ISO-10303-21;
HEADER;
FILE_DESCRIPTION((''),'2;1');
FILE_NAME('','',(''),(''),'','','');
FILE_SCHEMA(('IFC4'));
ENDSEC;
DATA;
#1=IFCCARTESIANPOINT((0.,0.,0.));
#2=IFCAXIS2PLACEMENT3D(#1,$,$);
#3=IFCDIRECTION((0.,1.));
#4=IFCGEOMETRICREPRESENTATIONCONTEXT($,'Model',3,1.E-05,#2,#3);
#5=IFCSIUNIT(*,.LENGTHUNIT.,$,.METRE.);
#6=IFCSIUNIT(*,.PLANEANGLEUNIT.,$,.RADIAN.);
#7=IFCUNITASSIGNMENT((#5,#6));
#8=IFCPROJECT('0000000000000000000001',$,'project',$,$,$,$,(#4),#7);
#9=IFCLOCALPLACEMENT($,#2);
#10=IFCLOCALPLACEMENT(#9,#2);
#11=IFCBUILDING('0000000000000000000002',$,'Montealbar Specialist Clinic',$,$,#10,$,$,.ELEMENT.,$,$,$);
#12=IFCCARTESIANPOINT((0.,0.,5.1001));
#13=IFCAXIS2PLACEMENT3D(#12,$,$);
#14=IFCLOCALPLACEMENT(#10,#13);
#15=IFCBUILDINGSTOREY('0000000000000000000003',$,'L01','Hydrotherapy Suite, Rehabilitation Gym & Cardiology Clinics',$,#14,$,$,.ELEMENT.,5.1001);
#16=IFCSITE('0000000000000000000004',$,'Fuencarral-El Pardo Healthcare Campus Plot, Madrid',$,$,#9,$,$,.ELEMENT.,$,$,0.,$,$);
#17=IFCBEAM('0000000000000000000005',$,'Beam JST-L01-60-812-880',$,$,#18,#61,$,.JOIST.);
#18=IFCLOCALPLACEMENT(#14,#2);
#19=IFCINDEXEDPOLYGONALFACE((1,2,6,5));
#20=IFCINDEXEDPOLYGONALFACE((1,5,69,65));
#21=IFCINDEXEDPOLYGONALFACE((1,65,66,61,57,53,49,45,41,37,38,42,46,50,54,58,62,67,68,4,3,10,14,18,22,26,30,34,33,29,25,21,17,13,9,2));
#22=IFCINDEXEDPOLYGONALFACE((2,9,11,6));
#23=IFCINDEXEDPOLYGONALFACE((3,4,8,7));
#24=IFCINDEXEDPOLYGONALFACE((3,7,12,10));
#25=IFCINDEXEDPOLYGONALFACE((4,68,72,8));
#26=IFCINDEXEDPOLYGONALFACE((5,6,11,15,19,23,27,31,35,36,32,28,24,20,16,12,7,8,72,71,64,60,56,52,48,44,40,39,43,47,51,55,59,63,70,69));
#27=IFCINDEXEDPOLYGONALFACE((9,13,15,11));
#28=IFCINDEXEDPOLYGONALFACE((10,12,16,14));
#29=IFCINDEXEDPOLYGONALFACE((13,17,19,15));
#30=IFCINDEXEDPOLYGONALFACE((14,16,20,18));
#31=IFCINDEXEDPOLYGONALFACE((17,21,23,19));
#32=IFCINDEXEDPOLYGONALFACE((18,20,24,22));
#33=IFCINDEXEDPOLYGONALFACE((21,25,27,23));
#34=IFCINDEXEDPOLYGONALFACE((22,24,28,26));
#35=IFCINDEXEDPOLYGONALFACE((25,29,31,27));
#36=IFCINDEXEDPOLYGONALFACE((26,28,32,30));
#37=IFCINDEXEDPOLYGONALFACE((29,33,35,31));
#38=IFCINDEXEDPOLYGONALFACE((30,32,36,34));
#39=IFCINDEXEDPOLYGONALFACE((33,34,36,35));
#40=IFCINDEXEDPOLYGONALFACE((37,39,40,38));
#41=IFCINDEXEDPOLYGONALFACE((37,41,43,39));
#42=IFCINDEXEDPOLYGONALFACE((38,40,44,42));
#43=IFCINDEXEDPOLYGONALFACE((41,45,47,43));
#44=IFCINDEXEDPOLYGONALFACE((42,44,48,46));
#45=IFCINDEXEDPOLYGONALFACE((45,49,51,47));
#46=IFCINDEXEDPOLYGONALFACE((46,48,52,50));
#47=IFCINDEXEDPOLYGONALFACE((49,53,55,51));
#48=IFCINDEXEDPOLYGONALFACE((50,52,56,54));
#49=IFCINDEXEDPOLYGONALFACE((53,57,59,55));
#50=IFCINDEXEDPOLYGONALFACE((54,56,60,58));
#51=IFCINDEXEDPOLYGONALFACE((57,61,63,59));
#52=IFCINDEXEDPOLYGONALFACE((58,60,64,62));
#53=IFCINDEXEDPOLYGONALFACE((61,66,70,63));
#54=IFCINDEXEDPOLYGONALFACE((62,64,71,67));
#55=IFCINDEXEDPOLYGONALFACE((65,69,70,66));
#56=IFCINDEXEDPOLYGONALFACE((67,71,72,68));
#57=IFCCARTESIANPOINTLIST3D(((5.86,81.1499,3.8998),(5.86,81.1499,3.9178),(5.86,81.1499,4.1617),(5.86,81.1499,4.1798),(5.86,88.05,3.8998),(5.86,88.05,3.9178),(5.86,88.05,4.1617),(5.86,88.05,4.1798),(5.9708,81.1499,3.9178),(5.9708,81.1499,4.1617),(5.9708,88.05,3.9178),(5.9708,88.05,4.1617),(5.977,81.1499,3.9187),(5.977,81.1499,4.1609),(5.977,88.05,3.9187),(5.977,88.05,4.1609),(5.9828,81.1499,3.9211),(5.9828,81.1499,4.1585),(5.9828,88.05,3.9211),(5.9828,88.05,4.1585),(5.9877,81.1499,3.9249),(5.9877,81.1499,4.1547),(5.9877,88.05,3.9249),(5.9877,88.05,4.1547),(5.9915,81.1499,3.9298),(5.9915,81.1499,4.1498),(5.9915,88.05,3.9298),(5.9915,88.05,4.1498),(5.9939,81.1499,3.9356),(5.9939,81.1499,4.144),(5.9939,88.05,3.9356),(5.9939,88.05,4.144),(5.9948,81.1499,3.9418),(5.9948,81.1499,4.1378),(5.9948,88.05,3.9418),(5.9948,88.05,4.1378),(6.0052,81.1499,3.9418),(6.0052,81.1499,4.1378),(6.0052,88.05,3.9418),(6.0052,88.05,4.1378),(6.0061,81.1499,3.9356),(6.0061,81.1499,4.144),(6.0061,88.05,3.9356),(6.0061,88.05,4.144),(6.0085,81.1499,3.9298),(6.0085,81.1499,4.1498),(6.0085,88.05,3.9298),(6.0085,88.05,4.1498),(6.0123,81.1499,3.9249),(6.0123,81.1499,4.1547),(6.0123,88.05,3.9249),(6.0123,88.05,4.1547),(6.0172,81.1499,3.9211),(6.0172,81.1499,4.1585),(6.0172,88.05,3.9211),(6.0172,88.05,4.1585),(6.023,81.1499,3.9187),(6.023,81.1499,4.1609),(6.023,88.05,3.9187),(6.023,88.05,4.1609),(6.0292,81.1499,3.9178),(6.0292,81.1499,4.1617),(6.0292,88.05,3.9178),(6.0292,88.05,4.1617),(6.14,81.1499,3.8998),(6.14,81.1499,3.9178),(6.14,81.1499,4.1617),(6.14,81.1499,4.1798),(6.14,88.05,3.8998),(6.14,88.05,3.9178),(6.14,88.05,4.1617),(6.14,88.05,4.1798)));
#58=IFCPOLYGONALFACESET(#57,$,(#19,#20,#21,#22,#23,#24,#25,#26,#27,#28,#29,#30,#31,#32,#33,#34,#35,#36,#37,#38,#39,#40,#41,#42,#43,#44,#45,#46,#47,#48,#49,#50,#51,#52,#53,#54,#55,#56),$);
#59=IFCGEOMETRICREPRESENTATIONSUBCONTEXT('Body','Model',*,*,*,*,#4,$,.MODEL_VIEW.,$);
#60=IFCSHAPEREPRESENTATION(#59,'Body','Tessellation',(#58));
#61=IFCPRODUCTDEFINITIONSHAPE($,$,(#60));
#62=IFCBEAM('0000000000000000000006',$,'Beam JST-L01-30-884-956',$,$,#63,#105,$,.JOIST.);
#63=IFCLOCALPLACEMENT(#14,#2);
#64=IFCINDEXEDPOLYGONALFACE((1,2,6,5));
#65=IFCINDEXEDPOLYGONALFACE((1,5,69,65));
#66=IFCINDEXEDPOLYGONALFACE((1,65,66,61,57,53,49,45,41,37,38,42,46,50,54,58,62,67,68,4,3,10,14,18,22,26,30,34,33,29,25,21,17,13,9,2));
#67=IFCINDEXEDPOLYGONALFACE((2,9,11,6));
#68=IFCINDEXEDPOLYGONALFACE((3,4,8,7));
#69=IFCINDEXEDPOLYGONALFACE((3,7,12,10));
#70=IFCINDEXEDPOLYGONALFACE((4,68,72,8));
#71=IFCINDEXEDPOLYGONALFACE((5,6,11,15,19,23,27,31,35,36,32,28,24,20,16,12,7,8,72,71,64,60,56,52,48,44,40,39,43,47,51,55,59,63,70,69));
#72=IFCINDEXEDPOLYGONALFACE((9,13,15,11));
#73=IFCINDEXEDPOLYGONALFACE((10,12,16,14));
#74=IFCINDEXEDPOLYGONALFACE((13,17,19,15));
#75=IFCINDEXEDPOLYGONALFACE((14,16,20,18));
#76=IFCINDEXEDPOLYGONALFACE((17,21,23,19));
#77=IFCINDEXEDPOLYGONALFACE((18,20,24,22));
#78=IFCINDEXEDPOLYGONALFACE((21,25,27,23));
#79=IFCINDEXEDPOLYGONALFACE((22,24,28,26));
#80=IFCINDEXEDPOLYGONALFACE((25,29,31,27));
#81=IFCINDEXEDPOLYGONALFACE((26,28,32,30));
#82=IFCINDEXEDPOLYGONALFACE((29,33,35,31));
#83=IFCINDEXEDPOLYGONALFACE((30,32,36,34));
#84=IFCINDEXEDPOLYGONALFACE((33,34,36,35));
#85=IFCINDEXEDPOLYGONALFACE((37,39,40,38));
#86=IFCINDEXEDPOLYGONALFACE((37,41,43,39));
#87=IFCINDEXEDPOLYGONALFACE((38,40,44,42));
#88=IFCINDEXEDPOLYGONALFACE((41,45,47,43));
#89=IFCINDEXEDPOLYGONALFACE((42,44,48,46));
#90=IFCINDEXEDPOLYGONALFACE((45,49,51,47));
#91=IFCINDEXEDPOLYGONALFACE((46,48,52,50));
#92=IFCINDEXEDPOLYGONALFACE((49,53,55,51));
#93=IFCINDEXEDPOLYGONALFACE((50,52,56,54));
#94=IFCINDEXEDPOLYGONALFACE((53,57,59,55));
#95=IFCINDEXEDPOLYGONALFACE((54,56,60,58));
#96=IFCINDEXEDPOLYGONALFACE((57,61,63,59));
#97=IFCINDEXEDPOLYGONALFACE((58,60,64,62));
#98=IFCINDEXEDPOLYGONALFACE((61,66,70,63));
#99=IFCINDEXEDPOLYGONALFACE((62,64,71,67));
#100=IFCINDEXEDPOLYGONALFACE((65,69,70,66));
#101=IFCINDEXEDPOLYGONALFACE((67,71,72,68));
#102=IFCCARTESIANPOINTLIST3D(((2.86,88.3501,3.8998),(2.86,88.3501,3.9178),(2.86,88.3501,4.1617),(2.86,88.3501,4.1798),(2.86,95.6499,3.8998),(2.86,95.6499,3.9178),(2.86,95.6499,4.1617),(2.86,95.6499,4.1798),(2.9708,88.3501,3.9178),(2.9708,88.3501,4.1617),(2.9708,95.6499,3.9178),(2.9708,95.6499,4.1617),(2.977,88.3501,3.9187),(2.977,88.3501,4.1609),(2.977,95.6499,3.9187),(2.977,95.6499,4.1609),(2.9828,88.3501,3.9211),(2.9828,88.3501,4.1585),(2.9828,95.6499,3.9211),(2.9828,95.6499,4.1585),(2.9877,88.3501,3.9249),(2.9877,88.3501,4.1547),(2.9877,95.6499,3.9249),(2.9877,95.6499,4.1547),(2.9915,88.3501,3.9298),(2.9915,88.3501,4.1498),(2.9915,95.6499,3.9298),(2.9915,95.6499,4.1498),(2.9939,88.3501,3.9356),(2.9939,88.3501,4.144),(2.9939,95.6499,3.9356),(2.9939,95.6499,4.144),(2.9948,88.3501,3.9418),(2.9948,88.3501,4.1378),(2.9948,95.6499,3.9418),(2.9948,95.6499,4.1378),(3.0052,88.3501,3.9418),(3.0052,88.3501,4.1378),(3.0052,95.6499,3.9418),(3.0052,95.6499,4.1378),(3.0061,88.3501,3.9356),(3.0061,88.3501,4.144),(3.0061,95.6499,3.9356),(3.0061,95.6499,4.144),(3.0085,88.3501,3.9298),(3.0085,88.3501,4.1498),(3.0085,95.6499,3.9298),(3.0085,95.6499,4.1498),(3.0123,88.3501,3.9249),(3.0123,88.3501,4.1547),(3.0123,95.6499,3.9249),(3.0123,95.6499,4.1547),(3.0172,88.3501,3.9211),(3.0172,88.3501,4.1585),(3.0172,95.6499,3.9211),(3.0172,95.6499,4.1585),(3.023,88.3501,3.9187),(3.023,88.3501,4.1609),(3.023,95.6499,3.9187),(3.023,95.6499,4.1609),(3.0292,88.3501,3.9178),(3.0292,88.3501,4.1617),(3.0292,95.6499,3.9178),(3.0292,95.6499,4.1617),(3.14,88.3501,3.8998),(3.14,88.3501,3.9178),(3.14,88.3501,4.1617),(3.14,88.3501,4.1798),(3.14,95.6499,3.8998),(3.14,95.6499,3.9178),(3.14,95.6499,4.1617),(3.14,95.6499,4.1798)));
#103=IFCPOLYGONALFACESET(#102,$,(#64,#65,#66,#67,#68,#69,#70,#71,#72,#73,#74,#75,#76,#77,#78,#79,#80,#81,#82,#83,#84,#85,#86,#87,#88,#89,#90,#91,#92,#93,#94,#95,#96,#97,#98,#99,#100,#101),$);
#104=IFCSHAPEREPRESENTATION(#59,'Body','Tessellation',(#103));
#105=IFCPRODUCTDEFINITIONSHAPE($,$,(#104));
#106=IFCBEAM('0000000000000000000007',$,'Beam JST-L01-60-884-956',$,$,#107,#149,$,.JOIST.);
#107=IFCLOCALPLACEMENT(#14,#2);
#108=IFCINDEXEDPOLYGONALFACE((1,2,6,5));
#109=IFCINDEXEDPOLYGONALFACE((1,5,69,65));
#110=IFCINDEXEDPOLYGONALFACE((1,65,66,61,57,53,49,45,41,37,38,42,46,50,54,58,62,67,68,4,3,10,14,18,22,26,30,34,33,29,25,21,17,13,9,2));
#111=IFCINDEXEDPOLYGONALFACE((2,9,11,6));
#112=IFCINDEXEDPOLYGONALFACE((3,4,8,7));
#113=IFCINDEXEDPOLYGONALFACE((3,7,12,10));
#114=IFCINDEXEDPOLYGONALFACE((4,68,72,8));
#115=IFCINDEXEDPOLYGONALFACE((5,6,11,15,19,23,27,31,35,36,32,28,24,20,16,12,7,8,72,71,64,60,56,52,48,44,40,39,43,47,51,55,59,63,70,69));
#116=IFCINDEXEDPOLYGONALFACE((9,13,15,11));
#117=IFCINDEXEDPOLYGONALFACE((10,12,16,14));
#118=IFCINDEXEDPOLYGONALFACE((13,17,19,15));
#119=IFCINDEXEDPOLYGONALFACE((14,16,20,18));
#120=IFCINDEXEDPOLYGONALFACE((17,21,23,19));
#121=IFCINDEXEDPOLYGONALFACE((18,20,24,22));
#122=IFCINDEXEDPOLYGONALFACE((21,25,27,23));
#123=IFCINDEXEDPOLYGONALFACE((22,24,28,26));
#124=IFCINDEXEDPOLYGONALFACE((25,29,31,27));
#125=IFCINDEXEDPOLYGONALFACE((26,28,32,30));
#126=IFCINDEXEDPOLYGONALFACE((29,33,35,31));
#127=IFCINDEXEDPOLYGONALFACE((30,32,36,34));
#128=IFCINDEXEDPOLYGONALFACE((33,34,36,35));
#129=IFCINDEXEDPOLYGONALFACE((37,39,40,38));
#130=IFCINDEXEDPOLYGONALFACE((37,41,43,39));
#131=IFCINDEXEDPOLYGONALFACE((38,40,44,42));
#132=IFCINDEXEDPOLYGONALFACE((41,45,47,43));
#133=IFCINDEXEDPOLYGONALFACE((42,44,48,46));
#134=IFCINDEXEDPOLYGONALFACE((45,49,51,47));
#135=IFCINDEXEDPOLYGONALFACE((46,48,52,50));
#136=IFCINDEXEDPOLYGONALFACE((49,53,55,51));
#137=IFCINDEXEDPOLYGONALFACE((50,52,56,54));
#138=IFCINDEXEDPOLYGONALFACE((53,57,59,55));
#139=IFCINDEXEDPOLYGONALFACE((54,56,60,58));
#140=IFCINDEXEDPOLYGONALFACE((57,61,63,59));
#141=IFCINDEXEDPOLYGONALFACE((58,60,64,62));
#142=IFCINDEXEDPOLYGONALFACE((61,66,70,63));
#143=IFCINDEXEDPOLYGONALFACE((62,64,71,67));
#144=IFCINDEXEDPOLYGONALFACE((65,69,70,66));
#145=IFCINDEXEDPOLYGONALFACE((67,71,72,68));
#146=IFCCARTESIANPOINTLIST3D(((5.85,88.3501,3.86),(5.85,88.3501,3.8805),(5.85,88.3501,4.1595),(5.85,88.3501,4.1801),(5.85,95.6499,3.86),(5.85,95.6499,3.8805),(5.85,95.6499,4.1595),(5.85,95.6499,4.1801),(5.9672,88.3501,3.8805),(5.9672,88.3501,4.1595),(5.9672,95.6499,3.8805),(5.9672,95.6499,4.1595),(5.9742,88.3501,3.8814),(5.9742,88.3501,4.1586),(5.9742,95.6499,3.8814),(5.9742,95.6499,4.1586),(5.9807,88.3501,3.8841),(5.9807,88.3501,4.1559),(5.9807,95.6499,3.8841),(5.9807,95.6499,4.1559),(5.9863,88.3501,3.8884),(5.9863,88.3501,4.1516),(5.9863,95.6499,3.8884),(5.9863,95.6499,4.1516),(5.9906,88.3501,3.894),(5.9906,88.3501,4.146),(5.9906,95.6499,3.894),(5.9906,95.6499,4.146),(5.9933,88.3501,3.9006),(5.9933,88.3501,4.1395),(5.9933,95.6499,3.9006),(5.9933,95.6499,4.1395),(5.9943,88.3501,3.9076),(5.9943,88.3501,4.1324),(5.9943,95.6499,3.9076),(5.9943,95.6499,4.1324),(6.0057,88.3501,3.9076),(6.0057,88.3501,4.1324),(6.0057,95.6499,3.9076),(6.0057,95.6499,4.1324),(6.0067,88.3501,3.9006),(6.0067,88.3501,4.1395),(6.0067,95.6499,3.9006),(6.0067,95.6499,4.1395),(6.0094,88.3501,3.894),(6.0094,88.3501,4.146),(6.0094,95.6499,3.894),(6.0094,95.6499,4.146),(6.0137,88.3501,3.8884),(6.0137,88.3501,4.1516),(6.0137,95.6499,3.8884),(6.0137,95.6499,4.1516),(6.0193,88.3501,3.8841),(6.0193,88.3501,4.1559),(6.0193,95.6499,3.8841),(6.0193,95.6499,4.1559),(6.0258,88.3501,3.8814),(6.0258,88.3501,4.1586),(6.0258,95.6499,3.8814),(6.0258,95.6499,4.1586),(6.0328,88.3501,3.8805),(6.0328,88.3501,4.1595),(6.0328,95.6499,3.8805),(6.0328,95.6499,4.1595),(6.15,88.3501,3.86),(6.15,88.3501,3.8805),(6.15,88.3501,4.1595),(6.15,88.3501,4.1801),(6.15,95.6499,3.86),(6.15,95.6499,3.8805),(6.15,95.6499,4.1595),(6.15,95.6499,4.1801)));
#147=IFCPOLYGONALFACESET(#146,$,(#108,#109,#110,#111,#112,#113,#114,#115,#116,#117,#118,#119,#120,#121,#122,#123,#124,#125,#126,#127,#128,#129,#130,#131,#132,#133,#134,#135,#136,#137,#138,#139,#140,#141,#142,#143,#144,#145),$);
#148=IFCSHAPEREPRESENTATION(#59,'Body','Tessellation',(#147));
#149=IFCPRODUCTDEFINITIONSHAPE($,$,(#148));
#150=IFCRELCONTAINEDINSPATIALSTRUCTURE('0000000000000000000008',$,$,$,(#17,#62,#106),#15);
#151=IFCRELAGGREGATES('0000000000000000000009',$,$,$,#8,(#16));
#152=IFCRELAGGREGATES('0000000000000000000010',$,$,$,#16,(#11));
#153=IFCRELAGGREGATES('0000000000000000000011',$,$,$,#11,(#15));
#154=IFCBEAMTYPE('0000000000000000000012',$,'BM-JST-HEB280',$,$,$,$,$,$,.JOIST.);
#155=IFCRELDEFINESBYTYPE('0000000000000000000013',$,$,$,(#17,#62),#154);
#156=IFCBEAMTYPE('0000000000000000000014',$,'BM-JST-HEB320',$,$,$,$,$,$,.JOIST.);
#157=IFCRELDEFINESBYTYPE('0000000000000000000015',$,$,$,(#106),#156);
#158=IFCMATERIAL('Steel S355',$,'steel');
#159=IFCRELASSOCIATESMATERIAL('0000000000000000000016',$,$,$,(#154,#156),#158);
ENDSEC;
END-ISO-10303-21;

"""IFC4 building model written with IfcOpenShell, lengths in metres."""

from ifc_helpers import new_model, si_unit, direction, frame, origin, origin_2d, place, context, subcontext, project, spatial, i_section, extrude, material, material_profile, profile_set, type_object, element, save


model = new_model("IFC4")

# Units and contexts
model_context = context("Model", 3, precision=1e-05, world=origin(), true_north=direction((0.0, 1.0)))
body_context = subcontext(model_context, "Body", "Model", "MODEL_VIEW")
ifc_project = project(units=[si_unit("LENGTHUNIT", "METRE"), si_unit("PLANEANGLEUNIT", "RADIAN")], contexts=[model_context])

# Site, building, storey
site_placement = place(None, origin())
site = spatial("IfcSite", under=ifc_project, at=site_placement, Name="Fuencarral-El Pardo Healthcare Campus Plot, Madrid", CompositionType="ELEMENT", RefElevation=0.0)
building_placement = place(site_placement, origin())
building = spatial("IfcBuilding", under=site, at=building_placement, Name="Montealbar Specialist Clinic", CompositionType="ELEMENT")
storey_placement = place(building_placement, frame((0.0, 0.0, 5.1001)))
storey = spatial("IfcBuildingStorey", under=building, at=storey_placement, Name="L01", Description="Hydrotherapy Suite, Rehabilitation Gym & Cardiology Clinics", CompositionType="ELEMENT", Elevation=5.1001)

# Beams
ifc_material_1 = material(Name="Steel S355", Category="steel")
ifc_material_profile_1 = material_profile(ifc_material_1, i_section(OverallWidth=0.28, OverallDepth=0.28, WebThickness=0.0105, FlangeThickness=0.0181, FilletRadius=0.0239, at=origin_2d()), Name="HEB 280", Category="steel")
ifc_profile_set_1 = profile_set([ifc_material_profile_1], Name="Steel S355")
beam_type_1 = type_object("IfcBeamType", Name="BM-JST-HEB280", PredefinedType="JOIST", material=ifc_profile_set_1)
beam_1_placement = place(storey_placement, frame((6.0, 81.1499, 4.0398), z_axis=(0.0, 1.0, 0.0), x_axis=(-1.0, 0.0, 0.0)))
element("IfcBeam", 1, at=beam_1_placement, inside=storey, type_object=beam_type_1, Name="Beam JST-L01-60-812-880", PredefinedType="JOIST", context=body_context, shape_type="SweptSolid", body=[
    extrude(i_section(OverallWidth=0.28, OverallDepth=0.28, WebThickness=0.0105, FlangeThickness=0.0181, FilletRadius=0.0239, at=origin_2d()), origin(), (0.0, 0.0, 1.0), 6.9001),
])
beam_2_placement = place(storey_placement, frame((3.0, 88.3501, 4.0398), z_axis=(0.0, 1.0, 0.0), x_axis=(-1.0, 0.0, 0.0)))
element("IfcBeam", 2, at=beam_2_placement, inside=storey, type_object=beam_type_1, Name="Beam JST-L01-30-884-956", PredefinedType="JOIST", context=body_context, shape_type="SweptSolid", body=[
    extrude(i_section(OverallWidth=0.28, OverallDepth=0.28, WebThickness=0.0105, FlangeThickness=0.0181, FilletRadius=0.0239, at=origin_2d()), origin(), (0.0, 0.0, 1.0), 7.2998),
])
ifc_material_profile_2 = material_profile(ifc_material_1, i_section(OverallWidth=0.3, OverallDepth=0.3201, WebThickness=0.0115, FlangeThickness=0.0205, FilletRadius=0.0271, at=origin_2d()), Name="HEB 320", Category="steel")
ifc_profile_set_2 = profile_set([ifc_material_profile_2], Name="Steel S355")
beam_type_2 = type_object("IfcBeamType", Name="BM-JST-HEB320", PredefinedType="JOIST", material=ifc_profile_set_2)
beam_3_placement = place(storey_placement, frame((6.0, 88.3501, 4.02), z_axis=(0.0, 1.0, 0.0), x_axis=(-1.0, 0.0, 0.0)))
element("IfcBeam", 3, at=beam_3_placement, inside=storey, type_object=beam_type_2, Name="Beam JST-L01-60-884-956", PredefinedType="JOIST", context=body_context, shape_type="SweptSolid", body=[
    extrude(i_section(OverallWidth=0.3, OverallDepth=0.3201, WebThickness=0.0115, FlangeThickness=0.0205, FilletRadius=0.0271, at=origin_2d()), origin(), (0.0, 0.0, 1.0), 7.2998),
])

save(model, "model.ifc")
